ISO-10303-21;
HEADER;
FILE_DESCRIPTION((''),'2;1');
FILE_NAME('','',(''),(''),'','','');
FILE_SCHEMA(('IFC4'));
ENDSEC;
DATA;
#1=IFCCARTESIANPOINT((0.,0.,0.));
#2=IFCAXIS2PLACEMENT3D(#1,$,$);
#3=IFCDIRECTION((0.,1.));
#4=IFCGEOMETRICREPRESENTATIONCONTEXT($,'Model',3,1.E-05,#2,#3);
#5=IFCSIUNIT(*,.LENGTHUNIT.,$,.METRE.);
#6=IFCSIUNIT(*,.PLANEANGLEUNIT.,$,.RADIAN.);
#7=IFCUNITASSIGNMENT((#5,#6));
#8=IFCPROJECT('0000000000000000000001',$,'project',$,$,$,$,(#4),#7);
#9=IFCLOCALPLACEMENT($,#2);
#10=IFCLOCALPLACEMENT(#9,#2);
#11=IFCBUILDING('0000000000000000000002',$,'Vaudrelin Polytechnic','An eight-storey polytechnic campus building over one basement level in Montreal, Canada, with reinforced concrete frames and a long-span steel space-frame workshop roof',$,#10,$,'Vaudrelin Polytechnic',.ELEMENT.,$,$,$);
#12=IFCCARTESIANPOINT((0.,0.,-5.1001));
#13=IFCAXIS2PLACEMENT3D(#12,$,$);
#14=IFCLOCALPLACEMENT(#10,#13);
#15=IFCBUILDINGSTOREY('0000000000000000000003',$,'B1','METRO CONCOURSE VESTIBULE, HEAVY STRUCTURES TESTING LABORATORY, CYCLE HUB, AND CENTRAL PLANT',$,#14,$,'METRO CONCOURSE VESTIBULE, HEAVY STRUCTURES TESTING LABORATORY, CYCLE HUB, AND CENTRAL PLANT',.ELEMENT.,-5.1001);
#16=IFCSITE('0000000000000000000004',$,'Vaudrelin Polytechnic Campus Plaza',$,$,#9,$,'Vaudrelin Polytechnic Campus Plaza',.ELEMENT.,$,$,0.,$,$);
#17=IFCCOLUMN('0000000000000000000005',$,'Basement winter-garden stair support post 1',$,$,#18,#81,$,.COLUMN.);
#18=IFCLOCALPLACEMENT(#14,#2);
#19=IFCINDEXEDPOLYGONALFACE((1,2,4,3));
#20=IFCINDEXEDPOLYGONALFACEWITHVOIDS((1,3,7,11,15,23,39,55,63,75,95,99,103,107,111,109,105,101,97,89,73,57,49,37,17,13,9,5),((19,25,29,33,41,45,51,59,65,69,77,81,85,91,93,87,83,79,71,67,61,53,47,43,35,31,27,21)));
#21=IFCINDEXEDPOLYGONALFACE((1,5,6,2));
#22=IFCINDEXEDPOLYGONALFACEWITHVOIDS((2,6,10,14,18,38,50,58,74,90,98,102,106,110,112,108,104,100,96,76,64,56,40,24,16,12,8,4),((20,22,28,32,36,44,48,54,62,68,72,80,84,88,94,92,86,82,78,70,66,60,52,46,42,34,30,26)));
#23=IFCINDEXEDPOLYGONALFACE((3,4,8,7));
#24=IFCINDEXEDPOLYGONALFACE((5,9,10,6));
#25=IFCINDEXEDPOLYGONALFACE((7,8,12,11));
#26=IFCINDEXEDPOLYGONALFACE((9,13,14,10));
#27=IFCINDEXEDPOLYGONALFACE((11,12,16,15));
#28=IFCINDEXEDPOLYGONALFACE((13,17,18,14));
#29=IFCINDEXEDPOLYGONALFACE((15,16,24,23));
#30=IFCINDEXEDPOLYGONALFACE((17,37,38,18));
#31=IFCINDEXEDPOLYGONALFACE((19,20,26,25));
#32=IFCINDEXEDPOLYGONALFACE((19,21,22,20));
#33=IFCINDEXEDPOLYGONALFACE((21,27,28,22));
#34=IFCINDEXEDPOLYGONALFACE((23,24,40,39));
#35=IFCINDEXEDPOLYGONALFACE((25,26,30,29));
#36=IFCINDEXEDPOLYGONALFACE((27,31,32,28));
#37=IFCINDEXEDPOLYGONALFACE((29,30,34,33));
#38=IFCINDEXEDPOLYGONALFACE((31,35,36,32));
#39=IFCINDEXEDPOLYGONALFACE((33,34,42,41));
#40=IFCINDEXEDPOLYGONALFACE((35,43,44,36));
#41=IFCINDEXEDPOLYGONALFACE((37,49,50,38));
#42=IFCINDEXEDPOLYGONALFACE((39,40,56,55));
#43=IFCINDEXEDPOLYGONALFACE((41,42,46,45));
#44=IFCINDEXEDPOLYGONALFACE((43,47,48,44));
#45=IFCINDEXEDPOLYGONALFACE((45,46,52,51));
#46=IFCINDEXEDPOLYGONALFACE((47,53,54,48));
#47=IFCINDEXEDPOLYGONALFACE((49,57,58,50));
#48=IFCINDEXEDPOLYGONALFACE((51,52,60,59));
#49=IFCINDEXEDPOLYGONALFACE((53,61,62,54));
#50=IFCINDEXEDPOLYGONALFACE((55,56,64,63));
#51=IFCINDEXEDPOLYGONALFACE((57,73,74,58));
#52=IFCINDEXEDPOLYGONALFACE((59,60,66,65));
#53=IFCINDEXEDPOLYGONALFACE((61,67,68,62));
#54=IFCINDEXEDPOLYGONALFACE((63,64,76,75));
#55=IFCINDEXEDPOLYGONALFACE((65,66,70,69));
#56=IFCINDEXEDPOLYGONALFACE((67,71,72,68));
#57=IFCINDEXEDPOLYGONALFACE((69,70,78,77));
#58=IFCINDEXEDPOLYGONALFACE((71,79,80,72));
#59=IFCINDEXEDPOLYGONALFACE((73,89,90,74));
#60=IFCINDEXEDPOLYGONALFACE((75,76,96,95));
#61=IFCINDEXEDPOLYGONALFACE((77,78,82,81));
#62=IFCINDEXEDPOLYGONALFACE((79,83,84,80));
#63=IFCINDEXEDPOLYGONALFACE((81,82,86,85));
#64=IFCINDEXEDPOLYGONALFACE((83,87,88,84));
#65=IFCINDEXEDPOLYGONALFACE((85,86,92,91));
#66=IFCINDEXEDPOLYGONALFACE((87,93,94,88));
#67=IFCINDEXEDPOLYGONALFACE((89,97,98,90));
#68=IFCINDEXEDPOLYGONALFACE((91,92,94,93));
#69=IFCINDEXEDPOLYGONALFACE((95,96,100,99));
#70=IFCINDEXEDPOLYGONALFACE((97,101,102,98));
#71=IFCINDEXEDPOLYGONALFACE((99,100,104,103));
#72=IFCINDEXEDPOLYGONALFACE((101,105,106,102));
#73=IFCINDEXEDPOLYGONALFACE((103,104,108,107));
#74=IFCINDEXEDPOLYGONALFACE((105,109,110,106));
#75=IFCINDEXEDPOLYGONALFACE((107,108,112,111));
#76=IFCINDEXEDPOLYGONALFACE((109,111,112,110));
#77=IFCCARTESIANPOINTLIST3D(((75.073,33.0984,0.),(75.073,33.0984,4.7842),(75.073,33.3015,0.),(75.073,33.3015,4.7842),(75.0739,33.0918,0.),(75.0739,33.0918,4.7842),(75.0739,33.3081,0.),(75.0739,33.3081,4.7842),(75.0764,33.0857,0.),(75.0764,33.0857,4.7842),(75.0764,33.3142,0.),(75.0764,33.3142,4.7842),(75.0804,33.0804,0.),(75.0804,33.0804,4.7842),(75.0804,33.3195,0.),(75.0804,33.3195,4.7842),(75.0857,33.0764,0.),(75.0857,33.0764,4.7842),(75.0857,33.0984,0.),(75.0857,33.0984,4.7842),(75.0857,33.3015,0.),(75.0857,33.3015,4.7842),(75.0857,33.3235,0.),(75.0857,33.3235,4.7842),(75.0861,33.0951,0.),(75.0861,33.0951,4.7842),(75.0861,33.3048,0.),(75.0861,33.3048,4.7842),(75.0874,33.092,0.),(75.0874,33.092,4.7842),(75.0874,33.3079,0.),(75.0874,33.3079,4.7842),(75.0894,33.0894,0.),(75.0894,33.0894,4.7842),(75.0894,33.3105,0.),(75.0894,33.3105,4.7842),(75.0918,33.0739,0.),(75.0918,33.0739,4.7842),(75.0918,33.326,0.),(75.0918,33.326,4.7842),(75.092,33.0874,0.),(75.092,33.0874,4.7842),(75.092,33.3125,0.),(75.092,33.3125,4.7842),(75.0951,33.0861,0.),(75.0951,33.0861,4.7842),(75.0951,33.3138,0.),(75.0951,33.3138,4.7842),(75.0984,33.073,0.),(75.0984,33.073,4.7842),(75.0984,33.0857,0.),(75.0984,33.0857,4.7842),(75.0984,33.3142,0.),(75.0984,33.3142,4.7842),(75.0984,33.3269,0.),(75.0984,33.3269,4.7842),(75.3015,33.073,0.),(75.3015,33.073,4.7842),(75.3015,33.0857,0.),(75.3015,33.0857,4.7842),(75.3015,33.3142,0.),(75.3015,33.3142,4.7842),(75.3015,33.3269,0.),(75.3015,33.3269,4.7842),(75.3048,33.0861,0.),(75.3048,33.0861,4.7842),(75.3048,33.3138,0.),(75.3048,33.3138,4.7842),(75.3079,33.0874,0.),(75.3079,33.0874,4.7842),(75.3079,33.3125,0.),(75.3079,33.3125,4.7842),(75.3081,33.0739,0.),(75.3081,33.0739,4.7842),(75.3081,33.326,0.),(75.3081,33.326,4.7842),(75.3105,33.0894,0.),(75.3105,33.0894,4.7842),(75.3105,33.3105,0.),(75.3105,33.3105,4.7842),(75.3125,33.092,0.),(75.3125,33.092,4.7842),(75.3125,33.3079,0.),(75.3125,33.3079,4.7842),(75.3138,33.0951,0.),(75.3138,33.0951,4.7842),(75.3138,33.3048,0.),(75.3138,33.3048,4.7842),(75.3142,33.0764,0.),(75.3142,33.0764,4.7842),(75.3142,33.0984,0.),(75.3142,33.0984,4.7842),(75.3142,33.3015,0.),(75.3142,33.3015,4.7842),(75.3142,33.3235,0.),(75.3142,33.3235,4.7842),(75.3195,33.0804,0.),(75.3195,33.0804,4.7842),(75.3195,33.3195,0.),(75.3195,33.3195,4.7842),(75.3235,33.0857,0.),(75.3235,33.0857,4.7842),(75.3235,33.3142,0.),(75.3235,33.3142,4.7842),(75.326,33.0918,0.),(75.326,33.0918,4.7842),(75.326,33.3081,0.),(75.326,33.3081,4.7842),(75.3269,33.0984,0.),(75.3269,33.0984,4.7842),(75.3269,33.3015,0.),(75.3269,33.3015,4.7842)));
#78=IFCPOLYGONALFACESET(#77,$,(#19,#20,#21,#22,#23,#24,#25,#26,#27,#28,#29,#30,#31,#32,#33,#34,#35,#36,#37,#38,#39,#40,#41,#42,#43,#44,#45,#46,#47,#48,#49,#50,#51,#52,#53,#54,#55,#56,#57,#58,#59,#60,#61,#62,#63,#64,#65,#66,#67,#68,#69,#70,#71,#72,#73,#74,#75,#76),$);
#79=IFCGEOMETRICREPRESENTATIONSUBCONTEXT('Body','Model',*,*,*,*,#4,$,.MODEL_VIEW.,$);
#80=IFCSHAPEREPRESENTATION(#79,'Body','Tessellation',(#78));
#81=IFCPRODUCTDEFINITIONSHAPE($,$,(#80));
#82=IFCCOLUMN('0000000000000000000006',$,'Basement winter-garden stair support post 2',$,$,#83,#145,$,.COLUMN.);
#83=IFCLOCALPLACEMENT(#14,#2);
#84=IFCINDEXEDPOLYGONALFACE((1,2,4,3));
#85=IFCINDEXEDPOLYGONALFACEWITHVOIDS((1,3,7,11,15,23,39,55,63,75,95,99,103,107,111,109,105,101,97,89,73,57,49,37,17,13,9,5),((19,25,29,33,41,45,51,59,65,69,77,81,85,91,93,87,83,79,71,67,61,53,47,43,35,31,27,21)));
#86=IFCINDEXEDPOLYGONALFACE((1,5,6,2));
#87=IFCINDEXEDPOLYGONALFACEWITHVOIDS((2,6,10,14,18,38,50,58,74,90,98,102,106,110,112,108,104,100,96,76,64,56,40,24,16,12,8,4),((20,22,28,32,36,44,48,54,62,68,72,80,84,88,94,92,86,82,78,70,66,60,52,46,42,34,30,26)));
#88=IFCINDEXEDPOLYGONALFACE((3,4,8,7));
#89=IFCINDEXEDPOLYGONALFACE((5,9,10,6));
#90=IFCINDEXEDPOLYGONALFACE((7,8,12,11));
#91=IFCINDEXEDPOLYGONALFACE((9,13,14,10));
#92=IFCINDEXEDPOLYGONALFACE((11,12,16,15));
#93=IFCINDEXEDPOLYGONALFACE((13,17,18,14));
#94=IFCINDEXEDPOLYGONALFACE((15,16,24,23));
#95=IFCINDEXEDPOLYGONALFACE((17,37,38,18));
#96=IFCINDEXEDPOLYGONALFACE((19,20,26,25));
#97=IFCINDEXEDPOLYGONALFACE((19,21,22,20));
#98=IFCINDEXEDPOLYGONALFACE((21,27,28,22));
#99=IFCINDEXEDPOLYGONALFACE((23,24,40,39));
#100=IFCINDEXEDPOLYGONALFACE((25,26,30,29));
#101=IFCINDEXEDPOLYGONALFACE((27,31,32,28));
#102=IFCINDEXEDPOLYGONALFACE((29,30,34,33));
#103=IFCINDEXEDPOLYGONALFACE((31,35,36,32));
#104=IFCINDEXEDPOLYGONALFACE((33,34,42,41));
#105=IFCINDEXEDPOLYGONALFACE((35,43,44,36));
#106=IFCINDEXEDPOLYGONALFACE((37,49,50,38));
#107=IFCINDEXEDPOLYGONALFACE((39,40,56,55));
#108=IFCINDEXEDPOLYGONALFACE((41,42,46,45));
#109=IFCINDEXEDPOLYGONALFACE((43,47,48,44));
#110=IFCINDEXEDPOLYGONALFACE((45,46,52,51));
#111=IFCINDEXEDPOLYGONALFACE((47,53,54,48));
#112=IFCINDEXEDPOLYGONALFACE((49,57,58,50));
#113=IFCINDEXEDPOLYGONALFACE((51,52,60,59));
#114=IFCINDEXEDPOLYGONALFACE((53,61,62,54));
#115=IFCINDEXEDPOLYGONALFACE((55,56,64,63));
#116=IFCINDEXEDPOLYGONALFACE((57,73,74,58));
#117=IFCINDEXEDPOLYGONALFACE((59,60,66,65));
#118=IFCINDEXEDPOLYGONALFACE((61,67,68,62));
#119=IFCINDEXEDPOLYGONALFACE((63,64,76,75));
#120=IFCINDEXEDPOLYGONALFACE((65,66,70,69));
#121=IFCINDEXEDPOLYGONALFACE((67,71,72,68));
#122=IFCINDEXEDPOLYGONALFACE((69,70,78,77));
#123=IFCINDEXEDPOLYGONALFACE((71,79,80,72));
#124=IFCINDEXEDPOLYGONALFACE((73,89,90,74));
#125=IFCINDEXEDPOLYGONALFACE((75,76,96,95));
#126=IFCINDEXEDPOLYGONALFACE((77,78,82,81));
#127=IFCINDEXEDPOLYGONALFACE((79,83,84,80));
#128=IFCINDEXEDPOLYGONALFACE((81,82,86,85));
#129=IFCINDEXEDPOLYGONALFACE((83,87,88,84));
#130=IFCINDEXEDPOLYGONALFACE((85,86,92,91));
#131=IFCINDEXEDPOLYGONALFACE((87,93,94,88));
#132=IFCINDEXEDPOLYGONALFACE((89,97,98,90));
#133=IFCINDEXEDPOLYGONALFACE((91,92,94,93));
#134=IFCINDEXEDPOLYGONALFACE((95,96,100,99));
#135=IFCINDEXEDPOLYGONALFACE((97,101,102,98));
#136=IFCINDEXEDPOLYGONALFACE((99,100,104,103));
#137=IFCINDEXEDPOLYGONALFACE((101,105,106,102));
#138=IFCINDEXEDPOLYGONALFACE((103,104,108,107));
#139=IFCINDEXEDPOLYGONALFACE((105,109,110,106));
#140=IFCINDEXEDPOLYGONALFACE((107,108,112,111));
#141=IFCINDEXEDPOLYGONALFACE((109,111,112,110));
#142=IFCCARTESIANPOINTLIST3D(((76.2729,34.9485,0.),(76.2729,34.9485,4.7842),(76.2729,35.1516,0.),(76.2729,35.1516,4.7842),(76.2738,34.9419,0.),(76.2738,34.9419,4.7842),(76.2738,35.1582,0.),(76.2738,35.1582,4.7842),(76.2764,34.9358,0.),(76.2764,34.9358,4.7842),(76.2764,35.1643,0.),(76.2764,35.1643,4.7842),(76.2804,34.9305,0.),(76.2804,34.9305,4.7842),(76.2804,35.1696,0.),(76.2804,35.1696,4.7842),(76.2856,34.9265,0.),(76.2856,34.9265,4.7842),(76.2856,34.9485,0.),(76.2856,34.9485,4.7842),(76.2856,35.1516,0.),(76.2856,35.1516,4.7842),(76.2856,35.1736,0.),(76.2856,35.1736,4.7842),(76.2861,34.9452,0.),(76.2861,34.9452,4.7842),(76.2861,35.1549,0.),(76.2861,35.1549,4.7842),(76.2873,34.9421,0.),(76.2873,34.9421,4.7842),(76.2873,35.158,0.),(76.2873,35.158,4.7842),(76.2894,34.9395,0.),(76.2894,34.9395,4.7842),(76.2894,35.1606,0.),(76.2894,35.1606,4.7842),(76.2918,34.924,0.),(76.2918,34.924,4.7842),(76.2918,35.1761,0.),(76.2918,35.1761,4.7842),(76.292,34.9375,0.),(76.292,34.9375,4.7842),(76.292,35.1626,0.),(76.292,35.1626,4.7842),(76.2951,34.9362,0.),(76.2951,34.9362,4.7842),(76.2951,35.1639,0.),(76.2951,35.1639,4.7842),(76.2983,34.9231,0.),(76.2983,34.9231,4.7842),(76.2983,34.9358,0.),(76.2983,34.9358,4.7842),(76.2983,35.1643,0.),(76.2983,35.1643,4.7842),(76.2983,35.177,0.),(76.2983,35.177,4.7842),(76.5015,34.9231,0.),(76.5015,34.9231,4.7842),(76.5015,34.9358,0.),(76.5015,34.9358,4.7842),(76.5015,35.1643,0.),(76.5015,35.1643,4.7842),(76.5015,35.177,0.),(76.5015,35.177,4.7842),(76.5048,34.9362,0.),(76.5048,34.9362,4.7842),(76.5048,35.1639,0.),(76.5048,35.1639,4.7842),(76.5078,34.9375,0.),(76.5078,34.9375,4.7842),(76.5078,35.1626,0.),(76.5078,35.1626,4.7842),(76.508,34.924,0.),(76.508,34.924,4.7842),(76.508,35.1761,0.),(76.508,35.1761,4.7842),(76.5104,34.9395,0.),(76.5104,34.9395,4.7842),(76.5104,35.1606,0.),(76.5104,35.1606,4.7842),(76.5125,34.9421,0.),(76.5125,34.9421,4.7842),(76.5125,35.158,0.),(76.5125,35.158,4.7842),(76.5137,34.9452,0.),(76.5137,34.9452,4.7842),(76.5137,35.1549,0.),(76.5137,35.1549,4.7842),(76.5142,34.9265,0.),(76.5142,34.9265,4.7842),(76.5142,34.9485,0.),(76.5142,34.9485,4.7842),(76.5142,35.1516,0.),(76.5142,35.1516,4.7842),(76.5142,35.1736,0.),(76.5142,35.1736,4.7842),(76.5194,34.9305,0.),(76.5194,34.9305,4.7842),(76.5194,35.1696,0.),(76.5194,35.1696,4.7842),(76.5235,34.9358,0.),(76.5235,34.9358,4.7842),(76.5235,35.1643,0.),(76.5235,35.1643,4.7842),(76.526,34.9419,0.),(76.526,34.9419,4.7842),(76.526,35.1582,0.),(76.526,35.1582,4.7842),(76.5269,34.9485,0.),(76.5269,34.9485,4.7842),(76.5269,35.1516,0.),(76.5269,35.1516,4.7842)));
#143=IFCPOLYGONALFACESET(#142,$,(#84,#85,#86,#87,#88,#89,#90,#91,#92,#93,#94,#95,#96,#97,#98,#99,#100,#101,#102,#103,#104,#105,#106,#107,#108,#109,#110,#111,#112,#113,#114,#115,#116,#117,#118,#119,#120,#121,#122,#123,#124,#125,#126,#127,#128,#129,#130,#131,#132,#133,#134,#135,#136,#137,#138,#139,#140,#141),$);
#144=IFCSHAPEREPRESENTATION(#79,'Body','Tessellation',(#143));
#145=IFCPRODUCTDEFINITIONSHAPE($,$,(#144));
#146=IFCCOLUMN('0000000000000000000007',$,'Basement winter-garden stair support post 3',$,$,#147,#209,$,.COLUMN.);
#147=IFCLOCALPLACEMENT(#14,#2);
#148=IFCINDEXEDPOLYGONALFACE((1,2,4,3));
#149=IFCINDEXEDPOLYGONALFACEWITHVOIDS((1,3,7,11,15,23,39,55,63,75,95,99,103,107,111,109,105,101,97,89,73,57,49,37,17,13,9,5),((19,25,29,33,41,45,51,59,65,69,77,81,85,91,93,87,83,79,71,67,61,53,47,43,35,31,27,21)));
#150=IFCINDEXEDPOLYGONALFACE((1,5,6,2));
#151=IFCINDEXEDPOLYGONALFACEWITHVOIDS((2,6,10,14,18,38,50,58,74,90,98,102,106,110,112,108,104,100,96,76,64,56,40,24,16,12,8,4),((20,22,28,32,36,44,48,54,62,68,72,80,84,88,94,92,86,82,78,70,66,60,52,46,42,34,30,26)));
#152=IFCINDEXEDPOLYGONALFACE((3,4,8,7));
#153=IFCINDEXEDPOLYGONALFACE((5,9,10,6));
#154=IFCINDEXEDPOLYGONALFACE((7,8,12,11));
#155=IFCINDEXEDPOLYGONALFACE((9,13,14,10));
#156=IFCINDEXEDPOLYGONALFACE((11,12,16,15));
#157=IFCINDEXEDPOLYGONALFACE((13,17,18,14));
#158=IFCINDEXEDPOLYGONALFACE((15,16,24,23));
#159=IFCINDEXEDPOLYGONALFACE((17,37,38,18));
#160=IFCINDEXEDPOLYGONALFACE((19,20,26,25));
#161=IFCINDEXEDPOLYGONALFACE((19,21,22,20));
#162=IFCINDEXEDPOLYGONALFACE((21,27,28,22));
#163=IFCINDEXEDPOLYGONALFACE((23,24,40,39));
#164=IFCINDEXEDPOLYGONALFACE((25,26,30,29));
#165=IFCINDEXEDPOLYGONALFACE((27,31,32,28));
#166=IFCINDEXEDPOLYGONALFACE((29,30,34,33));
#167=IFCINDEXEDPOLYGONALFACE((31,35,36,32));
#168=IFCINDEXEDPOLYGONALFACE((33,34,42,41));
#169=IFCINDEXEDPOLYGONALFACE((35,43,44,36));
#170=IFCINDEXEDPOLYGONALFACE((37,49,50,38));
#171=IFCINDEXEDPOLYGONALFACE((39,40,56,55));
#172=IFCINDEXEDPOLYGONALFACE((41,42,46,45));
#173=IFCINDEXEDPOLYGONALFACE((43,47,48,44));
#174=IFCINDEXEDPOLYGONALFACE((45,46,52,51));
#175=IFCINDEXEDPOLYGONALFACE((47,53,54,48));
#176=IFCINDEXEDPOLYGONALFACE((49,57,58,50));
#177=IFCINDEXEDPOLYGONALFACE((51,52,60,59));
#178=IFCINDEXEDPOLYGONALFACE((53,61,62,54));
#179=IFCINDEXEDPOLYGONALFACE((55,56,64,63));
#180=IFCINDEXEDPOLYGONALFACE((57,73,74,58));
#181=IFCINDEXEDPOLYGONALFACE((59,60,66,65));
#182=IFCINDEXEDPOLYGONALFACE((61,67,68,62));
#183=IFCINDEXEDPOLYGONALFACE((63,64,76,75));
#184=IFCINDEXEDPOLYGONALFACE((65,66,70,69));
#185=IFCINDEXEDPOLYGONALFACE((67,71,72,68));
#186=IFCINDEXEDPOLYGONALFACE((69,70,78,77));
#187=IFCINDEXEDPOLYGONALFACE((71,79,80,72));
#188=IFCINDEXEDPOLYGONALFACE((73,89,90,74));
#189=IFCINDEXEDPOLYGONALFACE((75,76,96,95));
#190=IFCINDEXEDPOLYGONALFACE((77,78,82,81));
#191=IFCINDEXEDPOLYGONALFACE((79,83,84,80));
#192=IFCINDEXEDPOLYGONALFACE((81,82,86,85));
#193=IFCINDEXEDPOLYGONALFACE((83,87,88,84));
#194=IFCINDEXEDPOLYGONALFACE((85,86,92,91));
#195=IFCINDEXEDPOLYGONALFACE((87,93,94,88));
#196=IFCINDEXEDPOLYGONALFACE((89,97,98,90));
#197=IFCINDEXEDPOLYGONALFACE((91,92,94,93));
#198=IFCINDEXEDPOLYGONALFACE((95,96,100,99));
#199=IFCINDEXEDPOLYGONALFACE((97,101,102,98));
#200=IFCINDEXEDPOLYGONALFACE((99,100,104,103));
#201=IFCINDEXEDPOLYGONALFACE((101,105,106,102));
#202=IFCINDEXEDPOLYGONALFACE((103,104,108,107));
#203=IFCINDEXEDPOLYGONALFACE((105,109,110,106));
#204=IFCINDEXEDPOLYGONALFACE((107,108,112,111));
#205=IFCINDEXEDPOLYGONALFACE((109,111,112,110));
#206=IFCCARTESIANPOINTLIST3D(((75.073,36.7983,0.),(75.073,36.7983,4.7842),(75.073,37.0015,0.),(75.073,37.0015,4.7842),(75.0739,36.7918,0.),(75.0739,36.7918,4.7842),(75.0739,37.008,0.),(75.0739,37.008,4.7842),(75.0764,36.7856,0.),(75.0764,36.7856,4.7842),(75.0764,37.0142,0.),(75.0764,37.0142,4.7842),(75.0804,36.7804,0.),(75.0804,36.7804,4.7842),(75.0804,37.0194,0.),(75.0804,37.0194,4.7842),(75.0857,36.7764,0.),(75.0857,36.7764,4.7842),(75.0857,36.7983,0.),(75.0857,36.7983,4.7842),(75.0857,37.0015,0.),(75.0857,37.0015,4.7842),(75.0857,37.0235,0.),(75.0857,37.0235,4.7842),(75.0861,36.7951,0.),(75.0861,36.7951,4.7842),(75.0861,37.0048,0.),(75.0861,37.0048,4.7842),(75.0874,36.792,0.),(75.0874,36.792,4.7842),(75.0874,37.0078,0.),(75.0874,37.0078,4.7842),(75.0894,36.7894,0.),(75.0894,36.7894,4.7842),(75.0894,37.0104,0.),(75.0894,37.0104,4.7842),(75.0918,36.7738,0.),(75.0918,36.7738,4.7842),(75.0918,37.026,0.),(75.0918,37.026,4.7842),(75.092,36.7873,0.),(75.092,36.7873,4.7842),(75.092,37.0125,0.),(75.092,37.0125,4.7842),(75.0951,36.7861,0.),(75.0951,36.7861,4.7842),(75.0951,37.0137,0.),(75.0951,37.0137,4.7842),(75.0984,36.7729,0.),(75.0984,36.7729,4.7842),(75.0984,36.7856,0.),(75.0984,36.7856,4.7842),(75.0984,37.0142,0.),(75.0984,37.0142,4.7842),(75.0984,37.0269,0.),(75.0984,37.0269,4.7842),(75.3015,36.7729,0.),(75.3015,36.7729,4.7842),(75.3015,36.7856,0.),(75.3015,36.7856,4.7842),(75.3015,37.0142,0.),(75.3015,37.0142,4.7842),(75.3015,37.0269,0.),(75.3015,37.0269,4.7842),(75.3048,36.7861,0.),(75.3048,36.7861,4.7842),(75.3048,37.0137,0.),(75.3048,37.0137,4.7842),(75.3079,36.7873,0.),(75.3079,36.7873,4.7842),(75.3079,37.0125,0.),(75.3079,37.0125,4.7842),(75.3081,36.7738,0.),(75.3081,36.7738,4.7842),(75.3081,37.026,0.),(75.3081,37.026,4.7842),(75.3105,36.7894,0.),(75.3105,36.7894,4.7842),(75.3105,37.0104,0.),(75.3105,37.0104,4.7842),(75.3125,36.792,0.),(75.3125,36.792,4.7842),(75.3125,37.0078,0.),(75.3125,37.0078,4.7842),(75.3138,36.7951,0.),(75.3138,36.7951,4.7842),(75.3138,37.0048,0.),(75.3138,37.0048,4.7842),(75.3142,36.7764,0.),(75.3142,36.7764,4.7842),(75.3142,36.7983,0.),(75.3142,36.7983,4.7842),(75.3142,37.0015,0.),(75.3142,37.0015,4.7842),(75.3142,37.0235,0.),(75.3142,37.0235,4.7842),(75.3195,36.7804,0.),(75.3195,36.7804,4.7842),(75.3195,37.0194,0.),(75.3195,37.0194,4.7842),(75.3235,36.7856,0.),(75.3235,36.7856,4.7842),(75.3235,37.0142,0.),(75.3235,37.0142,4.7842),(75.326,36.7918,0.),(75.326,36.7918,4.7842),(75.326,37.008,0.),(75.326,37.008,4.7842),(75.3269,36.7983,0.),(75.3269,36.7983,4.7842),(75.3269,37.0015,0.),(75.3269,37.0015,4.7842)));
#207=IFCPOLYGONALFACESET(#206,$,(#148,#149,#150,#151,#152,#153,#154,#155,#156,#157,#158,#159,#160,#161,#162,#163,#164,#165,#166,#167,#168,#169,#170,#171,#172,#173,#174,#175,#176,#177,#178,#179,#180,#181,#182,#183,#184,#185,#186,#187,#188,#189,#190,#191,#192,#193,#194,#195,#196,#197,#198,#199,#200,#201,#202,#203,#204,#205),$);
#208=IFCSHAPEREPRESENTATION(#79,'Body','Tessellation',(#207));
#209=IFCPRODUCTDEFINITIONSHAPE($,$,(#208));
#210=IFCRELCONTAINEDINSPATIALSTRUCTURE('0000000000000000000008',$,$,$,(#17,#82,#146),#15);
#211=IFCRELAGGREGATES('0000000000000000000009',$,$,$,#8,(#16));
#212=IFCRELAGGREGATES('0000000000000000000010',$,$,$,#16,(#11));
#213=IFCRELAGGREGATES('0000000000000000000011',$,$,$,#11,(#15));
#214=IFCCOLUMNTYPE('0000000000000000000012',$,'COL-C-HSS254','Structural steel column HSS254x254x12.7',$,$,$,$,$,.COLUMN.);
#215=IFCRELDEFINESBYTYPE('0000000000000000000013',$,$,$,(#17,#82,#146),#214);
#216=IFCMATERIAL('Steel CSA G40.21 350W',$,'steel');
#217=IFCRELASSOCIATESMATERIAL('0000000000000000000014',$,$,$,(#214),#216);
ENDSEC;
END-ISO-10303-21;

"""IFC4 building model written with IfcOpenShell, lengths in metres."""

from ifc_helpers import new_model, si_unit, direction, frame, origin, origin_2d, place, context, subcontext, project, spatial, hollow_rectangle, extrude, material, material_profile, profile_set, type_object, element, save


model = new_model("IFC4")

# Units and contexts
model_context = context("Model", 3, precision=1e-05, world=origin(), true_north=direction((0.0, 1.0)))
body_context = subcontext(model_context, "Body", "Model", "MODEL_VIEW")
ifc_project = project(units=[si_unit("LENGTHUNIT", "METRE"), si_unit("PLANEANGLEUNIT", "RADIAN")], contexts=[model_context])

# Site, building, storey
site_placement = place(None, origin())
site = spatial("IfcSite", under=ifc_project, at=site_placement, Name="Vaudrelin Polytechnic Campus Plaza", LongName="Vaudrelin Polytechnic Campus Plaza", CompositionType="ELEMENT", RefElevation=0.0)
building_placement = place(site_placement, origin())
building = spatial("IfcBuilding", under=site, at=building_placement, Name="Vaudrelin Polytechnic", Description="An eight-storey polytechnic campus building over one basement level in Montreal, Canada, with reinforced concrete frames and a long-span steel space-frame workshop roof", LongName="Vaudrelin Polytechnic", CompositionType="ELEMENT")
storey_placement = place(building_placement, frame((0.0, 0.0, -5.1001)))
storey = spatial("IfcBuildingStorey", under=building, at=storey_placement, Name="B1", Description="METRO CONCOURSE VESTIBULE, HEAVY STRUCTURES TESTING LABORATORY, CYCLE HUB, AND CENTRAL PLANT", LongName="METRO CONCOURSE VESTIBULE, HEAVY STRUCTURES TESTING LABORATORY, CYCLE HUB, AND CENTRAL PLANT", CompositionType="ELEMENT", Elevation=-5.1001)

# Columns
ifc_material_1 = material(Name="Steel CSA G40.21 350W", Category="steel")
ifc_material_profile_1 = material_profile(ifc_material_1, hollow_rectangle(XDim=0.2539, YDim=0.2539, WallThickness=0.0127, InnerFilletRadius=0.0127, OuterFilletRadius=0.0254, at=origin_2d()), Name="HSS254x254x12.7")
ifc_profile_set_1 = profile_set([ifc_material_profile_1], Name="Steel CSA G40.21 350W")
column_type_1 = type_object("IfcColumnType", Name="COL-C-HSS254", Description="Structural steel column HSS254x254x12.7", PredefinedType="COLUMN", material=ifc_profile_set_1)
for number, where, z_axis, x_axis, name in (
    (1, (75.2, 33.2, 0.0), (0.0, 0.0, 1.0), (1.0, 0.0, 0.0), "Basement winter-garden stair support post 1"),
    (2, (76.3999, 35.05, 0.0), (0.0, 0.0, 1.0), (1.0, 0.0, 0.0), "Basement winter-garden stair support post 2"),
    (3, (75.2, 36.8999, 0.0), (0.0, 0.0, 1.0), (1.0, 0.0, 0.0), "Basement winter-garden stair support post 3"),
):
    element("IfcColumn", number, at=place(storey_placement, frame(where, z_axis=z_axis, x_axis=x_axis)), inside=storey, type_object=column_type_1, Name=name, PredefinedType="COLUMN", context=body_context, shape_type="SweptSolid", body=[
        extrude(hollow_rectangle(XDim=0.2539, YDim=0.2539, WallThickness=0.0127, InnerFilletRadius=0.0127, OuterFilletRadius=0.0254, at=origin_2d()), origin(), (0.0, 0.0, 1.0), 4.7842),
    ])

save(model, "model.ifc")
